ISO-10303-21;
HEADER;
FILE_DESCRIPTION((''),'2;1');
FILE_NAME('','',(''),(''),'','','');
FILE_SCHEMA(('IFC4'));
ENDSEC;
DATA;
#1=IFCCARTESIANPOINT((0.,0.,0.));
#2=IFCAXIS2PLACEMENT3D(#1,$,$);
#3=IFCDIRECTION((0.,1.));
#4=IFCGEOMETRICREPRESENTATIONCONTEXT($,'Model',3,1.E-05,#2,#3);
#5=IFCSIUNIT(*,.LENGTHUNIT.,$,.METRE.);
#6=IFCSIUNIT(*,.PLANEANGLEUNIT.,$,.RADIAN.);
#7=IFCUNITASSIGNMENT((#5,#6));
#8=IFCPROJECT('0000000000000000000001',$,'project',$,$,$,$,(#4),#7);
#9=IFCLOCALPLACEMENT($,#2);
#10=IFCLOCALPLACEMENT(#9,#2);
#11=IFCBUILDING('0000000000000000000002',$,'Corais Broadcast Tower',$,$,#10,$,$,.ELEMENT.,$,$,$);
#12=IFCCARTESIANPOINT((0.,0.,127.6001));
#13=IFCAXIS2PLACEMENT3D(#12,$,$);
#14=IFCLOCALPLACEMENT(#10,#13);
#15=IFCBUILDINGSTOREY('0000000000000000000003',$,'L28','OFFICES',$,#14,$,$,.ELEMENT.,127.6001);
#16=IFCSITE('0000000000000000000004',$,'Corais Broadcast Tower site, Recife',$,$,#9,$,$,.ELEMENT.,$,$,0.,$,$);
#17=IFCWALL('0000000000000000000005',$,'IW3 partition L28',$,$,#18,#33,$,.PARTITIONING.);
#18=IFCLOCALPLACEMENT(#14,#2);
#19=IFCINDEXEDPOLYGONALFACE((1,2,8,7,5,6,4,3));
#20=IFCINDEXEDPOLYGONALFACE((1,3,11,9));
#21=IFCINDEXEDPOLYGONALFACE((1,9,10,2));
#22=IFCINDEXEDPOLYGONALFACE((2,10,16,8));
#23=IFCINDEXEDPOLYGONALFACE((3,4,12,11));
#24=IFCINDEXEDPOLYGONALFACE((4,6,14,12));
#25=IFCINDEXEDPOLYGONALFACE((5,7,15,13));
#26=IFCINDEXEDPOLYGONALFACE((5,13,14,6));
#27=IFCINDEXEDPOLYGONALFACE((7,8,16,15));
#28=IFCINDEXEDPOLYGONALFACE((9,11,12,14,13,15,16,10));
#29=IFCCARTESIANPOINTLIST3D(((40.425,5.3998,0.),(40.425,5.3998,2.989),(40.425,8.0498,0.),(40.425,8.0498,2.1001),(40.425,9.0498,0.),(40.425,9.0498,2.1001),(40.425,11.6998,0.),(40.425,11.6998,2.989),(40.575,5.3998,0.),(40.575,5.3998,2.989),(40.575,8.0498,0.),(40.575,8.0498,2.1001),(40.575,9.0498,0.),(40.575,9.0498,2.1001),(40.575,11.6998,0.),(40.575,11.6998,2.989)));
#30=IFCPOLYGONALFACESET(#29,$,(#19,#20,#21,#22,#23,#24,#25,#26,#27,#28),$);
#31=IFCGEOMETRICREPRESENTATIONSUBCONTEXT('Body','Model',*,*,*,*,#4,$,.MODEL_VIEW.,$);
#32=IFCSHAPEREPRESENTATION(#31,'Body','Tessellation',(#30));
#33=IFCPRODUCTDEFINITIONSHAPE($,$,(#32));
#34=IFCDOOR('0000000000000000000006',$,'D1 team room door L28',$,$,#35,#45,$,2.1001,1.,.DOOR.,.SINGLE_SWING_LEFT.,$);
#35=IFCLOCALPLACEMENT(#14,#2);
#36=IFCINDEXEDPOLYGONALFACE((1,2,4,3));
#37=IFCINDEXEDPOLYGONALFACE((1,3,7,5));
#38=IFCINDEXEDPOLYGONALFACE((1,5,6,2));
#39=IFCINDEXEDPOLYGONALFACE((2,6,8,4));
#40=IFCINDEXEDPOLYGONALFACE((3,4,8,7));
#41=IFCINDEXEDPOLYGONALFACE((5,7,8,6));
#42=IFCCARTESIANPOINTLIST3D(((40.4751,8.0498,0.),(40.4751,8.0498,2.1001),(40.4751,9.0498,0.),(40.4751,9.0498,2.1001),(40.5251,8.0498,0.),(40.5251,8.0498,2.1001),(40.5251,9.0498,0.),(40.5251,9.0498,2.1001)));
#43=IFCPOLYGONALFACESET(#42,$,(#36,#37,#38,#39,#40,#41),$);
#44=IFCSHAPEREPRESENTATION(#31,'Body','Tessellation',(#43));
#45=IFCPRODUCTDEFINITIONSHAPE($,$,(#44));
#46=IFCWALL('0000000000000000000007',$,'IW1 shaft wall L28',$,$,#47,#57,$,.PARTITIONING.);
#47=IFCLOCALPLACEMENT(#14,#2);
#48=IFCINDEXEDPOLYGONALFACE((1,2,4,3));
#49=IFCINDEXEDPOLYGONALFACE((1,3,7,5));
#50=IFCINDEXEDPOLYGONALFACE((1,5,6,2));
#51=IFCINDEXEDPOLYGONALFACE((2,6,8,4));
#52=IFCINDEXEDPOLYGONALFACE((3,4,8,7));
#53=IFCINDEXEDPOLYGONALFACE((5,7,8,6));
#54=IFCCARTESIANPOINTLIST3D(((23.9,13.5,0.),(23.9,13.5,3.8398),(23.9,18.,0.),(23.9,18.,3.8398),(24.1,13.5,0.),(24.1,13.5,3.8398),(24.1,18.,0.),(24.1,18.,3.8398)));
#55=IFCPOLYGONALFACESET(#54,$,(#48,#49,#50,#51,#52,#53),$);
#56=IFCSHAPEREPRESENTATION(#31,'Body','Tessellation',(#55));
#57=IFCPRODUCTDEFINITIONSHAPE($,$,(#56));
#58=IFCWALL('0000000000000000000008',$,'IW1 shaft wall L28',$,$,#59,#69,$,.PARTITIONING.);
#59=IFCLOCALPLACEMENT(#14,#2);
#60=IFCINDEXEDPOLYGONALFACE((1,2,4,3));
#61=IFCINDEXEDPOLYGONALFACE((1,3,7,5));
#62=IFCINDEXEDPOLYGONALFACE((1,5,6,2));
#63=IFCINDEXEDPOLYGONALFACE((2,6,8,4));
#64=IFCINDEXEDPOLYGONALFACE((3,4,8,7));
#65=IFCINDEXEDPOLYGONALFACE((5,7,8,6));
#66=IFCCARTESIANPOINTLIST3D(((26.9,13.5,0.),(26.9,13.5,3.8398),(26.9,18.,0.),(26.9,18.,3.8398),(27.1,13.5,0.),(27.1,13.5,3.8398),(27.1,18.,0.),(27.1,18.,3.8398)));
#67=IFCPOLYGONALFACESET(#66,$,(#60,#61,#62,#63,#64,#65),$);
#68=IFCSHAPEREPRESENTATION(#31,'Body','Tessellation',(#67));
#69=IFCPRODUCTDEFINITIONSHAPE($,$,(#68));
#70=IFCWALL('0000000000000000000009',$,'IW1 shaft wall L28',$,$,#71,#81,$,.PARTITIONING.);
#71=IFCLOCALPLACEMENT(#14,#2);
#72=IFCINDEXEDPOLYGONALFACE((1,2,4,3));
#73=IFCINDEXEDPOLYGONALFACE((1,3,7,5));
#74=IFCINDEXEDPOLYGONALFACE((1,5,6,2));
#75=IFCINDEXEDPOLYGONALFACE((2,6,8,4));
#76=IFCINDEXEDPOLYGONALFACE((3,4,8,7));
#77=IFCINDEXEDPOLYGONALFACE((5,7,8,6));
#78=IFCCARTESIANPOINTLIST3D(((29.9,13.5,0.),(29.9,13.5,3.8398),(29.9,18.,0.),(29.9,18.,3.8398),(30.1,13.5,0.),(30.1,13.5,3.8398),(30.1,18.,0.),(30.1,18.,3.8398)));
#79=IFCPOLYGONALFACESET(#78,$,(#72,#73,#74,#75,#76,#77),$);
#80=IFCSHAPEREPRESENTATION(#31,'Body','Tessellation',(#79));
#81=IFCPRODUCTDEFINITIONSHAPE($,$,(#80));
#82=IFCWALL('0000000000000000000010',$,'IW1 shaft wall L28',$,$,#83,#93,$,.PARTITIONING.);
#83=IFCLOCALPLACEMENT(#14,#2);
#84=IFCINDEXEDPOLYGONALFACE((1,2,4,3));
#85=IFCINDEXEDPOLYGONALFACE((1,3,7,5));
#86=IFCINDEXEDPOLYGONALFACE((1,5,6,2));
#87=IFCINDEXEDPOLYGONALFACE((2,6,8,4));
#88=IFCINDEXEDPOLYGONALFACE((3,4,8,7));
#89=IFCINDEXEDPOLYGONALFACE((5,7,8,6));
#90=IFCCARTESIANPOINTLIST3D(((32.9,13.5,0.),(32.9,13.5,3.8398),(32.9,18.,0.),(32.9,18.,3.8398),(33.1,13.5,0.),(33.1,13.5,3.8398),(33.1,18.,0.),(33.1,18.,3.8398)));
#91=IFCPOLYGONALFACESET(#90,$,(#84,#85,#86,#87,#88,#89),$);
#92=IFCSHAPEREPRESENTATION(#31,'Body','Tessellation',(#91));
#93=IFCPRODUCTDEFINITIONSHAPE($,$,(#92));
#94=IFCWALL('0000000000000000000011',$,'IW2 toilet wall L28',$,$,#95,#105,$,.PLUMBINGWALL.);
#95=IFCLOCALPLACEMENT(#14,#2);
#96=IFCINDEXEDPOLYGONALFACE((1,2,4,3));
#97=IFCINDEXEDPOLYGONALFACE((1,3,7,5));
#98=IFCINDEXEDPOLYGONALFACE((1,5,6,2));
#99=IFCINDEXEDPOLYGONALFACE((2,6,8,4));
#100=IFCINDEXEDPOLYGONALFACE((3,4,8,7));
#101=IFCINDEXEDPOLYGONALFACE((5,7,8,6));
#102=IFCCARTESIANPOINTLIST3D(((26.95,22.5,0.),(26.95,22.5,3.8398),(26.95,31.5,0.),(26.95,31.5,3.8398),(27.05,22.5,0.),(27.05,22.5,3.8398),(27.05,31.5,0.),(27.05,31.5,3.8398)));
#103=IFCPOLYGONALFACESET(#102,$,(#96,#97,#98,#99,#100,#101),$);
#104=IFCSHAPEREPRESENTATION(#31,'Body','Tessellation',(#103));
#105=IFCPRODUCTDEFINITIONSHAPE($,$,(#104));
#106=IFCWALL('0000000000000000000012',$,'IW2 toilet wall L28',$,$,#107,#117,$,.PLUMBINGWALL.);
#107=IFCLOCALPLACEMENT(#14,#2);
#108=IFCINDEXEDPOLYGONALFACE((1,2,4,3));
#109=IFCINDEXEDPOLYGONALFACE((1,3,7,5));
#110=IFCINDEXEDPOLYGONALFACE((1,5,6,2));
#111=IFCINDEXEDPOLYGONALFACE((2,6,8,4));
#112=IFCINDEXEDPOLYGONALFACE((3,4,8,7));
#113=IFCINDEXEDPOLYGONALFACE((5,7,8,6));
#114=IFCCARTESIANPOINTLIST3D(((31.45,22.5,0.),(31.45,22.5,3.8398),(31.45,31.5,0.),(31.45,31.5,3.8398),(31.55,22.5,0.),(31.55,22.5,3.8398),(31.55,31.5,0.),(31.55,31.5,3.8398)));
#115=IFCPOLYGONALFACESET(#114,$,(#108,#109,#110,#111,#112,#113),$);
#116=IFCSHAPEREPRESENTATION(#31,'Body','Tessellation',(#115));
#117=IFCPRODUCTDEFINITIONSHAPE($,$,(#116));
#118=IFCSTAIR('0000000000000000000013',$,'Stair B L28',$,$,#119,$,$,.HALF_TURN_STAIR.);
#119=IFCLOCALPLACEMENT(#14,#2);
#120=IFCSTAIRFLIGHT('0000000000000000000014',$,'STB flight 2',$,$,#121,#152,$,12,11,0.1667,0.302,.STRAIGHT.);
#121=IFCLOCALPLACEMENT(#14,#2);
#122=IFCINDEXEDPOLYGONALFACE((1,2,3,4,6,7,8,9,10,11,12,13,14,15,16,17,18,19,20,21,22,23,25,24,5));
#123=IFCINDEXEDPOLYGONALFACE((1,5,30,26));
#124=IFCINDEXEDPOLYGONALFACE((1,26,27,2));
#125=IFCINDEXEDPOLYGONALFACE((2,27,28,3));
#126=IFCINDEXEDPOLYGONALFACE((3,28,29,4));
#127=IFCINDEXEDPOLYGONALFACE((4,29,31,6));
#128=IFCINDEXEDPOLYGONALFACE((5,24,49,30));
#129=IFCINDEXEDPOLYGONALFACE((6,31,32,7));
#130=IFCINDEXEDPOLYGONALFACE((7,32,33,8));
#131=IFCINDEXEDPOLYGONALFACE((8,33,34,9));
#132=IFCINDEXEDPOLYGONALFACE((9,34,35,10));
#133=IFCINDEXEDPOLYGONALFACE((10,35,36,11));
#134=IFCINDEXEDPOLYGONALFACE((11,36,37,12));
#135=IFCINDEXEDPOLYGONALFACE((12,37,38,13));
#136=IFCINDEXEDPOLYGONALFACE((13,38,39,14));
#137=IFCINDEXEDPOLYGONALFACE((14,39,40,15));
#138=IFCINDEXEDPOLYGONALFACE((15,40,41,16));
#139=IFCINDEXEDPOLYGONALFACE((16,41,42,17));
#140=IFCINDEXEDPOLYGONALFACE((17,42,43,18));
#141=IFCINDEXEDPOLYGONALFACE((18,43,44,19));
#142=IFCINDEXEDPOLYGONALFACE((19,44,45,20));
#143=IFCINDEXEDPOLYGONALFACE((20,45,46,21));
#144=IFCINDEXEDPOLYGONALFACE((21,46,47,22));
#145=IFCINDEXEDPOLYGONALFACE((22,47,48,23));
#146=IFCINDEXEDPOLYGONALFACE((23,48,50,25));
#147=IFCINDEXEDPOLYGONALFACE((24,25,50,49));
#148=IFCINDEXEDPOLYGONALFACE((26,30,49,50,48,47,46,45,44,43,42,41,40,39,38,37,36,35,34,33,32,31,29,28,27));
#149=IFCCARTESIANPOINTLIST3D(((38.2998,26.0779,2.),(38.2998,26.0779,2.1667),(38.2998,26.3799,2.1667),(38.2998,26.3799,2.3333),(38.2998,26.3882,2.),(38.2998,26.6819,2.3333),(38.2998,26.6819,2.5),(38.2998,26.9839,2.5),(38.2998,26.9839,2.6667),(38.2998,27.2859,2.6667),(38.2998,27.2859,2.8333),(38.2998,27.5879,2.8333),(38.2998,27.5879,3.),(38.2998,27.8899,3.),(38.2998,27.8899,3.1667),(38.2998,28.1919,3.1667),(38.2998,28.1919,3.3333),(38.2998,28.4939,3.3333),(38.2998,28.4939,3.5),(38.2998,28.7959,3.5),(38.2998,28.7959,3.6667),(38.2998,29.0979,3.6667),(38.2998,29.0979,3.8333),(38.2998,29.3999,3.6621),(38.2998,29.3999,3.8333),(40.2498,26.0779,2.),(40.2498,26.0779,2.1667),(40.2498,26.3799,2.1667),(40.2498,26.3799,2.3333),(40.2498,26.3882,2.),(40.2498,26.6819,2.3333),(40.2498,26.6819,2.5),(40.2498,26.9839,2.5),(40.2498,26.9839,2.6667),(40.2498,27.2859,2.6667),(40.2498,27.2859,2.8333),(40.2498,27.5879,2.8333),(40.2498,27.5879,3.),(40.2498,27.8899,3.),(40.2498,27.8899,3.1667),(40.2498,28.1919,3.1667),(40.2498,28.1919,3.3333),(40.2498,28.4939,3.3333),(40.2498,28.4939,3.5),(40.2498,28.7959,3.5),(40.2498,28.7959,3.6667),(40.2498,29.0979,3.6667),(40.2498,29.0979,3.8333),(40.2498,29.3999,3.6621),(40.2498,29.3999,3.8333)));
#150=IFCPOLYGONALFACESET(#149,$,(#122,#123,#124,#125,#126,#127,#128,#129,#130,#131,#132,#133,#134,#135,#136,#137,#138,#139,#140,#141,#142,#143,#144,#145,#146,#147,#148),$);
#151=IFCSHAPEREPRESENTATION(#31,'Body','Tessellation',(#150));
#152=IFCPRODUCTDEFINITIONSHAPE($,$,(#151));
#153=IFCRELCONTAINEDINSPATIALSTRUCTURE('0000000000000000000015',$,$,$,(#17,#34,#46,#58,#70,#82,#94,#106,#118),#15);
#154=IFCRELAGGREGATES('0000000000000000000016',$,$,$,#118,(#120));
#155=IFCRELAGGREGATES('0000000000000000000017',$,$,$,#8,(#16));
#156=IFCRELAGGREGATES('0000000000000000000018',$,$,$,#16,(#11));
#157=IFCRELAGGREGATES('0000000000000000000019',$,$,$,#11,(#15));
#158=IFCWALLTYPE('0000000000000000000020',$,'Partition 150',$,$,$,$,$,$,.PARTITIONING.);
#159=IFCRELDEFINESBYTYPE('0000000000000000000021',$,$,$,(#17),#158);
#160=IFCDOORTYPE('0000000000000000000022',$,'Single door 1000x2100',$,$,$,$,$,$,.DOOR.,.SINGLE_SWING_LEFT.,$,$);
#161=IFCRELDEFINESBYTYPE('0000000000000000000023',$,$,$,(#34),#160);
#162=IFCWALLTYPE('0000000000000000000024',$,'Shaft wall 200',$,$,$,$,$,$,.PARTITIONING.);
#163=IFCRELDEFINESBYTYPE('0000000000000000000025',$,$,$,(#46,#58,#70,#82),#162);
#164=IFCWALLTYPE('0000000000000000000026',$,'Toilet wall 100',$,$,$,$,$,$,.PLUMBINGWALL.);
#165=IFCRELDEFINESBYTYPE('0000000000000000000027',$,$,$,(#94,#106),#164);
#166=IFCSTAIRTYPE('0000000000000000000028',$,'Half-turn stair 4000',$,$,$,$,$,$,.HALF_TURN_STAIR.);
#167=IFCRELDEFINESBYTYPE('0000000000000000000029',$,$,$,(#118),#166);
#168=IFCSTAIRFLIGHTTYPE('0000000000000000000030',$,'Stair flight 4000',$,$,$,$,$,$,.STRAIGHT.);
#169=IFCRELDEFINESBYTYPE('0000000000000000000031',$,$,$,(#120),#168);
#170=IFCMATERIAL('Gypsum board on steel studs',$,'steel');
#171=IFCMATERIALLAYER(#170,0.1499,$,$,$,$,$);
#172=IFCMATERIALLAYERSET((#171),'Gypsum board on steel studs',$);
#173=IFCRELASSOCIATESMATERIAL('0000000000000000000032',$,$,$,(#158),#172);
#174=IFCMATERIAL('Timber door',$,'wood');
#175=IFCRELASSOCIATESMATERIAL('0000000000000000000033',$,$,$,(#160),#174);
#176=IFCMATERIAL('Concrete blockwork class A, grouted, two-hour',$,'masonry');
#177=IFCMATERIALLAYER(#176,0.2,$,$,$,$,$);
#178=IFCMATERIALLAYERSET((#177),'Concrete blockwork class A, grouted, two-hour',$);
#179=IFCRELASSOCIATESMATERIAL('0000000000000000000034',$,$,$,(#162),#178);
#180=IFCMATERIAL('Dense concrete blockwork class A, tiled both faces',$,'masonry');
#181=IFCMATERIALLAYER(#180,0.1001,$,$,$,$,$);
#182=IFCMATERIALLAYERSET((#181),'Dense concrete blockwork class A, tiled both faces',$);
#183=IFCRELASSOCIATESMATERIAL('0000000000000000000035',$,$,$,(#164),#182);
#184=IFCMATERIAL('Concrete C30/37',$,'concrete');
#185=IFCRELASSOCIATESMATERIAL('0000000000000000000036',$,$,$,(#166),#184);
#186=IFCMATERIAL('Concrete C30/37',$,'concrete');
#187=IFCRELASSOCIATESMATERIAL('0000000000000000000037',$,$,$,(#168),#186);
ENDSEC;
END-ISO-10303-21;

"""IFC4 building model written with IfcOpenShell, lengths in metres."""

from ifc_helpers import new_model, si_unit, direction, frame, frame_2d, origin, place, context, subcontext, project, spatial, polyline, rectangle, outline, extrude, material, layer, layer_set, type_object, element, fill, aggregate, save


model = new_model("IFC4")

# Units and contexts
model_context = context("Model", 3, precision=1e-05, world=origin(), true_north=direction((0.0, 1.0)))
body_context = subcontext(model_context, "Body", "Model", "MODEL_VIEW")
ifc_project = project(units=[si_unit("LENGTHUNIT", "METRE"), si_unit("PLANEANGLEUNIT", "RADIAN")], contexts=[model_context])

# Site, building, storey
site_placement = place(None, origin())
site = spatial("IfcSite", under=ifc_project, at=site_placement, Name="Corais Broadcast Tower site, Recife", CompositionType="ELEMENT", RefElevation=0.0)
building_placement = place(site_placement, origin())
building = spatial("IfcBuilding", under=site, at=building_placement, Name="Corais Broadcast Tower", CompositionType="ELEMENT")
storey_placement = place(building_placement, frame((0.0, 0.0, 127.6001)))
storey = spatial("IfcBuildingStorey", under=building, at=storey_placement, Name="L28", Description="OFFICES", CompositionType="ELEMENT", Elevation=127.6001)

# Shared definitions
ifc_material_1 = material(Name="Gypsum board on steel studs", Category="steel")
ifc_layer_1 = layer(ifc_material_1, 0.1499)
ifc_layer_set_1 = layer_set([ifc_layer_1], Name="Gypsum board on steel studs")
wall_type_1 = type_object("IfcWallType", Name="Partition 150", PredefinedType="PARTITIONING", material=ifc_layer_set_1)
ifc_material_2 = material(Name="Timber door", Category="wood")
door_type_1 = type_object("IfcDoorType", Name="Single door 1000x2100", OperationType="SINGLE_SWING_LEFT", PredefinedType="DOOR", material=ifc_material_2)

# Wall, opening, door
wall_1_placement = place(storey_placement, frame((40.5, 5.3999, 0.0), z_axis=(0.0, 0.0, 1.0), x_axis=(0.0, 1.0, 0.0)))
wall_1 = element("IfcWall", 1, at=wall_1_placement, inside=storey, type_object=wall_type_1, Name="IW3 partition L28", PredefinedType="PARTITIONING", context=body_context, shape_type="SweptSolid", body=[
    extrude(rectangle(XDim=6.3, YDim=0.1499, at=frame_2d((3.1499, 0.0))), origin(), (0.0, 0.0, 1.0), 2.989),
])
opening_1_placement = place(wall_1_placement, frame((2.6499, 0.0, 0.0)))
opening_1 = element("IfcOpeningElement", 2, at=opening_1_placement, cuts=wall_1, PredefinedType="OPENING", context=body_context, shape_type="SweptSolid", body=[
    extrude(rectangle(XDim=1.0, YDim=2.1001, at=frame_2d((0.5, 1.05))), frame((0.0, 0.085, 0.0), z_axis=(0.0, -1.0, 0.0), x_axis=(1.0, 0.0, 0.0)), (0.0, 0.0, 1.0), 0.1699),
])
door_1_placement = place(opening_1_placement, origin())
door_1 = element("IfcDoor", 3, at=door_1_placement, inside=storey, type_object=door_type_1, Name="D1 team room door L28", OperationType="SINGLE_SWING_LEFT", OverallHeight=2.1001, OverallWidth=1.0, PredefinedType="DOOR", context=body_context, shape_type="SweptSolid", body=[
    extrude(rectangle(XDim=1.0, YDim=2.1001, at=frame_2d((0.5, 1.05))), frame((0.0, 0.0249, 0.0), z_axis=(0.0, -1.0, 0.0), x_axis=(1.0, 0.0, 0.0)), (0.0, 0.0, 1.0), 0.05),
])
fill(opening_1, door_1)

# Walls
ifc_material_3 = material(Name="Concrete blockwork class A, grouted, two-hour", Category="masonry")
ifc_layer_2 = layer(ifc_material_3, 0.2)
ifc_layer_set_2 = layer_set([ifc_layer_2], Name="Concrete blockwork class A, grouted, two-hour")
wall_type_2 = type_object("IfcWallType", Name="Shaft wall 200", PredefinedType="PARTITIONING", material=ifc_layer_set_2)
for number, where, z_axis, x_axis, name in (
    (4, (24.0, 13.5, 0.0), (0.0, 0.0, 1.0), (0.0, 1.0, 0.0), "IW1 shaft wall L28"),
    (5, (27.0, 13.5, 0.0), (0.0, 0.0, 1.0), (0.0, 1.0, 0.0), "IW1 shaft wall L28"),
    (6, (30.0, 13.5, 0.0), (0.0, 0.0, 1.0), (0.0, 1.0, 0.0), "IW1 shaft wall L28"),
    (7, (33.0, 13.5, 0.0), (0.0, 0.0, 1.0), (0.0, 1.0, 0.0), "IW1 shaft wall L28"),
):
    element("IfcWall", number, at=place(storey_placement, frame(where, z_axis=z_axis, x_axis=x_axis)), inside=storey, type_object=wall_type_2, Name=name, PredefinedType="PARTITIONING", context=body_context, shape_type="SweptSolid", body=[
        extrude(rectangle(XDim=4.5, YDim=0.2, at=frame_2d((2.25, 0.0))), origin(), (0.0, 0.0, 1.0), 3.8398),
    ])
ifc_material_4 = material(Name="Dense concrete blockwork class A, tiled both faces", Category="masonry")
ifc_layer_3 = layer(ifc_material_4, 0.1001)
ifc_layer_set_3 = layer_set([ifc_layer_3], Name="Dense concrete blockwork class A, tiled both faces")
wall_type_3 = type_object("IfcWallType", Name="Toilet wall 100", PredefinedType="PLUMBINGWALL", material=ifc_layer_set_3)
for number, where, z_axis, x_axis, name in (
    (8, (27.0, 22.5, 0.0), (0.0, 0.0, 1.0), (0.0, 1.0, 0.0), "IW2 toilet wall L28"),
    (9, (31.5, 22.5, 0.0), (0.0, 0.0, 1.0), (0.0, 1.0, 0.0), "IW2 toilet wall L28"),
):
    element("IfcWall", number, at=place(storey_placement, frame(where, z_axis=z_axis, x_axis=x_axis)), inside=storey, type_object=wall_type_3, Name=name, PredefinedType="PLUMBINGWALL", context=body_context, shape_type="SweptSolid", body=[
        extrude(rectangle(XDim=9.0, YDim=0.1001, at=frame_2d((4.5, 0.0))), origin(), (0.0, 0.0, 1.0), 3.8398),
    ])

# Stair, stair flight
ifc_material_5 = material(Name="Concrete C30/37", Category="concrete")
stair_type = type_object("IfcStairType", Name="Half-turn stair 4000", PredefinedType="HALF_TURN_STAIR", material=ifc_material_5)
stair_placement = place(storey_placement, origin())
stair = element("IfcStair", 10, at=stair_placement, inside=storey, type_object=stair_type, Name="Stair B L28", PredefinedType="HALF_TURN_STAIR")
ifc_material_6 = material(Name="Concrete C30/37", Category="concrete")
stair_flight_type = type_object("IfcStairFlightType", Name="Stair flight 4000", PredefinedType="STRAIGHT", material=ifc_material_6)
stair_flight_placement = place(storey_placement, frame((39.2749, 26.0779, 2.0), z_axis=(0.0, 0.0, 1.0), x_axis=(0.0, 1.0, 0.0)))
stair_flight = element("IfcStairFlight", 11, at=stair_flight_placement, type_object=stair_flight_type, Name="STB flight 2", NumberOfRisers=12, NumberOfTreads=11, PredefinedType="STRAIGHT", RiserHeight=0.1667, TreadLength=0.302, context=body_context, shape_type="SweptSolid", body=[
    extrude(outline(polyline([(0.0, 0.0), (0.0, 0.1667), (0.302, 0.1667), (0.302, 0.3333), (0.604, 0.3333), (0.604, 0.5), (0.906, 0.5), (0.906, 0.6667), (1.208, 0.6667), (1.208, 0.8333), (1.51, 0.8333), (1.51, 1.0), (1.812, 1.0), (1.812, 1.1667), (2.114, 1.1667), (2.114, 1.3333), (2.416, 1.3333), (2.416, 1.5), (2.718, 1.5), (2.718, 1.6667), (3.02, 1.6667), (3.02, 1.8333), (3.322, 1.8333), (3.322, 2.0), (3.322, 1.6621), (0.3103, 0.0), (0.0, 0.0)])), frame((0.0, 0.9751, 0.0), z_axis=(0.0, -1.0, 0.0), x_axis=(1.0, 0.0, 0.0)), (0.0, 0.0, 1.0), 1.95),
])
aggregate(stair, [stair_flight])

save(model, "model.ifc")
